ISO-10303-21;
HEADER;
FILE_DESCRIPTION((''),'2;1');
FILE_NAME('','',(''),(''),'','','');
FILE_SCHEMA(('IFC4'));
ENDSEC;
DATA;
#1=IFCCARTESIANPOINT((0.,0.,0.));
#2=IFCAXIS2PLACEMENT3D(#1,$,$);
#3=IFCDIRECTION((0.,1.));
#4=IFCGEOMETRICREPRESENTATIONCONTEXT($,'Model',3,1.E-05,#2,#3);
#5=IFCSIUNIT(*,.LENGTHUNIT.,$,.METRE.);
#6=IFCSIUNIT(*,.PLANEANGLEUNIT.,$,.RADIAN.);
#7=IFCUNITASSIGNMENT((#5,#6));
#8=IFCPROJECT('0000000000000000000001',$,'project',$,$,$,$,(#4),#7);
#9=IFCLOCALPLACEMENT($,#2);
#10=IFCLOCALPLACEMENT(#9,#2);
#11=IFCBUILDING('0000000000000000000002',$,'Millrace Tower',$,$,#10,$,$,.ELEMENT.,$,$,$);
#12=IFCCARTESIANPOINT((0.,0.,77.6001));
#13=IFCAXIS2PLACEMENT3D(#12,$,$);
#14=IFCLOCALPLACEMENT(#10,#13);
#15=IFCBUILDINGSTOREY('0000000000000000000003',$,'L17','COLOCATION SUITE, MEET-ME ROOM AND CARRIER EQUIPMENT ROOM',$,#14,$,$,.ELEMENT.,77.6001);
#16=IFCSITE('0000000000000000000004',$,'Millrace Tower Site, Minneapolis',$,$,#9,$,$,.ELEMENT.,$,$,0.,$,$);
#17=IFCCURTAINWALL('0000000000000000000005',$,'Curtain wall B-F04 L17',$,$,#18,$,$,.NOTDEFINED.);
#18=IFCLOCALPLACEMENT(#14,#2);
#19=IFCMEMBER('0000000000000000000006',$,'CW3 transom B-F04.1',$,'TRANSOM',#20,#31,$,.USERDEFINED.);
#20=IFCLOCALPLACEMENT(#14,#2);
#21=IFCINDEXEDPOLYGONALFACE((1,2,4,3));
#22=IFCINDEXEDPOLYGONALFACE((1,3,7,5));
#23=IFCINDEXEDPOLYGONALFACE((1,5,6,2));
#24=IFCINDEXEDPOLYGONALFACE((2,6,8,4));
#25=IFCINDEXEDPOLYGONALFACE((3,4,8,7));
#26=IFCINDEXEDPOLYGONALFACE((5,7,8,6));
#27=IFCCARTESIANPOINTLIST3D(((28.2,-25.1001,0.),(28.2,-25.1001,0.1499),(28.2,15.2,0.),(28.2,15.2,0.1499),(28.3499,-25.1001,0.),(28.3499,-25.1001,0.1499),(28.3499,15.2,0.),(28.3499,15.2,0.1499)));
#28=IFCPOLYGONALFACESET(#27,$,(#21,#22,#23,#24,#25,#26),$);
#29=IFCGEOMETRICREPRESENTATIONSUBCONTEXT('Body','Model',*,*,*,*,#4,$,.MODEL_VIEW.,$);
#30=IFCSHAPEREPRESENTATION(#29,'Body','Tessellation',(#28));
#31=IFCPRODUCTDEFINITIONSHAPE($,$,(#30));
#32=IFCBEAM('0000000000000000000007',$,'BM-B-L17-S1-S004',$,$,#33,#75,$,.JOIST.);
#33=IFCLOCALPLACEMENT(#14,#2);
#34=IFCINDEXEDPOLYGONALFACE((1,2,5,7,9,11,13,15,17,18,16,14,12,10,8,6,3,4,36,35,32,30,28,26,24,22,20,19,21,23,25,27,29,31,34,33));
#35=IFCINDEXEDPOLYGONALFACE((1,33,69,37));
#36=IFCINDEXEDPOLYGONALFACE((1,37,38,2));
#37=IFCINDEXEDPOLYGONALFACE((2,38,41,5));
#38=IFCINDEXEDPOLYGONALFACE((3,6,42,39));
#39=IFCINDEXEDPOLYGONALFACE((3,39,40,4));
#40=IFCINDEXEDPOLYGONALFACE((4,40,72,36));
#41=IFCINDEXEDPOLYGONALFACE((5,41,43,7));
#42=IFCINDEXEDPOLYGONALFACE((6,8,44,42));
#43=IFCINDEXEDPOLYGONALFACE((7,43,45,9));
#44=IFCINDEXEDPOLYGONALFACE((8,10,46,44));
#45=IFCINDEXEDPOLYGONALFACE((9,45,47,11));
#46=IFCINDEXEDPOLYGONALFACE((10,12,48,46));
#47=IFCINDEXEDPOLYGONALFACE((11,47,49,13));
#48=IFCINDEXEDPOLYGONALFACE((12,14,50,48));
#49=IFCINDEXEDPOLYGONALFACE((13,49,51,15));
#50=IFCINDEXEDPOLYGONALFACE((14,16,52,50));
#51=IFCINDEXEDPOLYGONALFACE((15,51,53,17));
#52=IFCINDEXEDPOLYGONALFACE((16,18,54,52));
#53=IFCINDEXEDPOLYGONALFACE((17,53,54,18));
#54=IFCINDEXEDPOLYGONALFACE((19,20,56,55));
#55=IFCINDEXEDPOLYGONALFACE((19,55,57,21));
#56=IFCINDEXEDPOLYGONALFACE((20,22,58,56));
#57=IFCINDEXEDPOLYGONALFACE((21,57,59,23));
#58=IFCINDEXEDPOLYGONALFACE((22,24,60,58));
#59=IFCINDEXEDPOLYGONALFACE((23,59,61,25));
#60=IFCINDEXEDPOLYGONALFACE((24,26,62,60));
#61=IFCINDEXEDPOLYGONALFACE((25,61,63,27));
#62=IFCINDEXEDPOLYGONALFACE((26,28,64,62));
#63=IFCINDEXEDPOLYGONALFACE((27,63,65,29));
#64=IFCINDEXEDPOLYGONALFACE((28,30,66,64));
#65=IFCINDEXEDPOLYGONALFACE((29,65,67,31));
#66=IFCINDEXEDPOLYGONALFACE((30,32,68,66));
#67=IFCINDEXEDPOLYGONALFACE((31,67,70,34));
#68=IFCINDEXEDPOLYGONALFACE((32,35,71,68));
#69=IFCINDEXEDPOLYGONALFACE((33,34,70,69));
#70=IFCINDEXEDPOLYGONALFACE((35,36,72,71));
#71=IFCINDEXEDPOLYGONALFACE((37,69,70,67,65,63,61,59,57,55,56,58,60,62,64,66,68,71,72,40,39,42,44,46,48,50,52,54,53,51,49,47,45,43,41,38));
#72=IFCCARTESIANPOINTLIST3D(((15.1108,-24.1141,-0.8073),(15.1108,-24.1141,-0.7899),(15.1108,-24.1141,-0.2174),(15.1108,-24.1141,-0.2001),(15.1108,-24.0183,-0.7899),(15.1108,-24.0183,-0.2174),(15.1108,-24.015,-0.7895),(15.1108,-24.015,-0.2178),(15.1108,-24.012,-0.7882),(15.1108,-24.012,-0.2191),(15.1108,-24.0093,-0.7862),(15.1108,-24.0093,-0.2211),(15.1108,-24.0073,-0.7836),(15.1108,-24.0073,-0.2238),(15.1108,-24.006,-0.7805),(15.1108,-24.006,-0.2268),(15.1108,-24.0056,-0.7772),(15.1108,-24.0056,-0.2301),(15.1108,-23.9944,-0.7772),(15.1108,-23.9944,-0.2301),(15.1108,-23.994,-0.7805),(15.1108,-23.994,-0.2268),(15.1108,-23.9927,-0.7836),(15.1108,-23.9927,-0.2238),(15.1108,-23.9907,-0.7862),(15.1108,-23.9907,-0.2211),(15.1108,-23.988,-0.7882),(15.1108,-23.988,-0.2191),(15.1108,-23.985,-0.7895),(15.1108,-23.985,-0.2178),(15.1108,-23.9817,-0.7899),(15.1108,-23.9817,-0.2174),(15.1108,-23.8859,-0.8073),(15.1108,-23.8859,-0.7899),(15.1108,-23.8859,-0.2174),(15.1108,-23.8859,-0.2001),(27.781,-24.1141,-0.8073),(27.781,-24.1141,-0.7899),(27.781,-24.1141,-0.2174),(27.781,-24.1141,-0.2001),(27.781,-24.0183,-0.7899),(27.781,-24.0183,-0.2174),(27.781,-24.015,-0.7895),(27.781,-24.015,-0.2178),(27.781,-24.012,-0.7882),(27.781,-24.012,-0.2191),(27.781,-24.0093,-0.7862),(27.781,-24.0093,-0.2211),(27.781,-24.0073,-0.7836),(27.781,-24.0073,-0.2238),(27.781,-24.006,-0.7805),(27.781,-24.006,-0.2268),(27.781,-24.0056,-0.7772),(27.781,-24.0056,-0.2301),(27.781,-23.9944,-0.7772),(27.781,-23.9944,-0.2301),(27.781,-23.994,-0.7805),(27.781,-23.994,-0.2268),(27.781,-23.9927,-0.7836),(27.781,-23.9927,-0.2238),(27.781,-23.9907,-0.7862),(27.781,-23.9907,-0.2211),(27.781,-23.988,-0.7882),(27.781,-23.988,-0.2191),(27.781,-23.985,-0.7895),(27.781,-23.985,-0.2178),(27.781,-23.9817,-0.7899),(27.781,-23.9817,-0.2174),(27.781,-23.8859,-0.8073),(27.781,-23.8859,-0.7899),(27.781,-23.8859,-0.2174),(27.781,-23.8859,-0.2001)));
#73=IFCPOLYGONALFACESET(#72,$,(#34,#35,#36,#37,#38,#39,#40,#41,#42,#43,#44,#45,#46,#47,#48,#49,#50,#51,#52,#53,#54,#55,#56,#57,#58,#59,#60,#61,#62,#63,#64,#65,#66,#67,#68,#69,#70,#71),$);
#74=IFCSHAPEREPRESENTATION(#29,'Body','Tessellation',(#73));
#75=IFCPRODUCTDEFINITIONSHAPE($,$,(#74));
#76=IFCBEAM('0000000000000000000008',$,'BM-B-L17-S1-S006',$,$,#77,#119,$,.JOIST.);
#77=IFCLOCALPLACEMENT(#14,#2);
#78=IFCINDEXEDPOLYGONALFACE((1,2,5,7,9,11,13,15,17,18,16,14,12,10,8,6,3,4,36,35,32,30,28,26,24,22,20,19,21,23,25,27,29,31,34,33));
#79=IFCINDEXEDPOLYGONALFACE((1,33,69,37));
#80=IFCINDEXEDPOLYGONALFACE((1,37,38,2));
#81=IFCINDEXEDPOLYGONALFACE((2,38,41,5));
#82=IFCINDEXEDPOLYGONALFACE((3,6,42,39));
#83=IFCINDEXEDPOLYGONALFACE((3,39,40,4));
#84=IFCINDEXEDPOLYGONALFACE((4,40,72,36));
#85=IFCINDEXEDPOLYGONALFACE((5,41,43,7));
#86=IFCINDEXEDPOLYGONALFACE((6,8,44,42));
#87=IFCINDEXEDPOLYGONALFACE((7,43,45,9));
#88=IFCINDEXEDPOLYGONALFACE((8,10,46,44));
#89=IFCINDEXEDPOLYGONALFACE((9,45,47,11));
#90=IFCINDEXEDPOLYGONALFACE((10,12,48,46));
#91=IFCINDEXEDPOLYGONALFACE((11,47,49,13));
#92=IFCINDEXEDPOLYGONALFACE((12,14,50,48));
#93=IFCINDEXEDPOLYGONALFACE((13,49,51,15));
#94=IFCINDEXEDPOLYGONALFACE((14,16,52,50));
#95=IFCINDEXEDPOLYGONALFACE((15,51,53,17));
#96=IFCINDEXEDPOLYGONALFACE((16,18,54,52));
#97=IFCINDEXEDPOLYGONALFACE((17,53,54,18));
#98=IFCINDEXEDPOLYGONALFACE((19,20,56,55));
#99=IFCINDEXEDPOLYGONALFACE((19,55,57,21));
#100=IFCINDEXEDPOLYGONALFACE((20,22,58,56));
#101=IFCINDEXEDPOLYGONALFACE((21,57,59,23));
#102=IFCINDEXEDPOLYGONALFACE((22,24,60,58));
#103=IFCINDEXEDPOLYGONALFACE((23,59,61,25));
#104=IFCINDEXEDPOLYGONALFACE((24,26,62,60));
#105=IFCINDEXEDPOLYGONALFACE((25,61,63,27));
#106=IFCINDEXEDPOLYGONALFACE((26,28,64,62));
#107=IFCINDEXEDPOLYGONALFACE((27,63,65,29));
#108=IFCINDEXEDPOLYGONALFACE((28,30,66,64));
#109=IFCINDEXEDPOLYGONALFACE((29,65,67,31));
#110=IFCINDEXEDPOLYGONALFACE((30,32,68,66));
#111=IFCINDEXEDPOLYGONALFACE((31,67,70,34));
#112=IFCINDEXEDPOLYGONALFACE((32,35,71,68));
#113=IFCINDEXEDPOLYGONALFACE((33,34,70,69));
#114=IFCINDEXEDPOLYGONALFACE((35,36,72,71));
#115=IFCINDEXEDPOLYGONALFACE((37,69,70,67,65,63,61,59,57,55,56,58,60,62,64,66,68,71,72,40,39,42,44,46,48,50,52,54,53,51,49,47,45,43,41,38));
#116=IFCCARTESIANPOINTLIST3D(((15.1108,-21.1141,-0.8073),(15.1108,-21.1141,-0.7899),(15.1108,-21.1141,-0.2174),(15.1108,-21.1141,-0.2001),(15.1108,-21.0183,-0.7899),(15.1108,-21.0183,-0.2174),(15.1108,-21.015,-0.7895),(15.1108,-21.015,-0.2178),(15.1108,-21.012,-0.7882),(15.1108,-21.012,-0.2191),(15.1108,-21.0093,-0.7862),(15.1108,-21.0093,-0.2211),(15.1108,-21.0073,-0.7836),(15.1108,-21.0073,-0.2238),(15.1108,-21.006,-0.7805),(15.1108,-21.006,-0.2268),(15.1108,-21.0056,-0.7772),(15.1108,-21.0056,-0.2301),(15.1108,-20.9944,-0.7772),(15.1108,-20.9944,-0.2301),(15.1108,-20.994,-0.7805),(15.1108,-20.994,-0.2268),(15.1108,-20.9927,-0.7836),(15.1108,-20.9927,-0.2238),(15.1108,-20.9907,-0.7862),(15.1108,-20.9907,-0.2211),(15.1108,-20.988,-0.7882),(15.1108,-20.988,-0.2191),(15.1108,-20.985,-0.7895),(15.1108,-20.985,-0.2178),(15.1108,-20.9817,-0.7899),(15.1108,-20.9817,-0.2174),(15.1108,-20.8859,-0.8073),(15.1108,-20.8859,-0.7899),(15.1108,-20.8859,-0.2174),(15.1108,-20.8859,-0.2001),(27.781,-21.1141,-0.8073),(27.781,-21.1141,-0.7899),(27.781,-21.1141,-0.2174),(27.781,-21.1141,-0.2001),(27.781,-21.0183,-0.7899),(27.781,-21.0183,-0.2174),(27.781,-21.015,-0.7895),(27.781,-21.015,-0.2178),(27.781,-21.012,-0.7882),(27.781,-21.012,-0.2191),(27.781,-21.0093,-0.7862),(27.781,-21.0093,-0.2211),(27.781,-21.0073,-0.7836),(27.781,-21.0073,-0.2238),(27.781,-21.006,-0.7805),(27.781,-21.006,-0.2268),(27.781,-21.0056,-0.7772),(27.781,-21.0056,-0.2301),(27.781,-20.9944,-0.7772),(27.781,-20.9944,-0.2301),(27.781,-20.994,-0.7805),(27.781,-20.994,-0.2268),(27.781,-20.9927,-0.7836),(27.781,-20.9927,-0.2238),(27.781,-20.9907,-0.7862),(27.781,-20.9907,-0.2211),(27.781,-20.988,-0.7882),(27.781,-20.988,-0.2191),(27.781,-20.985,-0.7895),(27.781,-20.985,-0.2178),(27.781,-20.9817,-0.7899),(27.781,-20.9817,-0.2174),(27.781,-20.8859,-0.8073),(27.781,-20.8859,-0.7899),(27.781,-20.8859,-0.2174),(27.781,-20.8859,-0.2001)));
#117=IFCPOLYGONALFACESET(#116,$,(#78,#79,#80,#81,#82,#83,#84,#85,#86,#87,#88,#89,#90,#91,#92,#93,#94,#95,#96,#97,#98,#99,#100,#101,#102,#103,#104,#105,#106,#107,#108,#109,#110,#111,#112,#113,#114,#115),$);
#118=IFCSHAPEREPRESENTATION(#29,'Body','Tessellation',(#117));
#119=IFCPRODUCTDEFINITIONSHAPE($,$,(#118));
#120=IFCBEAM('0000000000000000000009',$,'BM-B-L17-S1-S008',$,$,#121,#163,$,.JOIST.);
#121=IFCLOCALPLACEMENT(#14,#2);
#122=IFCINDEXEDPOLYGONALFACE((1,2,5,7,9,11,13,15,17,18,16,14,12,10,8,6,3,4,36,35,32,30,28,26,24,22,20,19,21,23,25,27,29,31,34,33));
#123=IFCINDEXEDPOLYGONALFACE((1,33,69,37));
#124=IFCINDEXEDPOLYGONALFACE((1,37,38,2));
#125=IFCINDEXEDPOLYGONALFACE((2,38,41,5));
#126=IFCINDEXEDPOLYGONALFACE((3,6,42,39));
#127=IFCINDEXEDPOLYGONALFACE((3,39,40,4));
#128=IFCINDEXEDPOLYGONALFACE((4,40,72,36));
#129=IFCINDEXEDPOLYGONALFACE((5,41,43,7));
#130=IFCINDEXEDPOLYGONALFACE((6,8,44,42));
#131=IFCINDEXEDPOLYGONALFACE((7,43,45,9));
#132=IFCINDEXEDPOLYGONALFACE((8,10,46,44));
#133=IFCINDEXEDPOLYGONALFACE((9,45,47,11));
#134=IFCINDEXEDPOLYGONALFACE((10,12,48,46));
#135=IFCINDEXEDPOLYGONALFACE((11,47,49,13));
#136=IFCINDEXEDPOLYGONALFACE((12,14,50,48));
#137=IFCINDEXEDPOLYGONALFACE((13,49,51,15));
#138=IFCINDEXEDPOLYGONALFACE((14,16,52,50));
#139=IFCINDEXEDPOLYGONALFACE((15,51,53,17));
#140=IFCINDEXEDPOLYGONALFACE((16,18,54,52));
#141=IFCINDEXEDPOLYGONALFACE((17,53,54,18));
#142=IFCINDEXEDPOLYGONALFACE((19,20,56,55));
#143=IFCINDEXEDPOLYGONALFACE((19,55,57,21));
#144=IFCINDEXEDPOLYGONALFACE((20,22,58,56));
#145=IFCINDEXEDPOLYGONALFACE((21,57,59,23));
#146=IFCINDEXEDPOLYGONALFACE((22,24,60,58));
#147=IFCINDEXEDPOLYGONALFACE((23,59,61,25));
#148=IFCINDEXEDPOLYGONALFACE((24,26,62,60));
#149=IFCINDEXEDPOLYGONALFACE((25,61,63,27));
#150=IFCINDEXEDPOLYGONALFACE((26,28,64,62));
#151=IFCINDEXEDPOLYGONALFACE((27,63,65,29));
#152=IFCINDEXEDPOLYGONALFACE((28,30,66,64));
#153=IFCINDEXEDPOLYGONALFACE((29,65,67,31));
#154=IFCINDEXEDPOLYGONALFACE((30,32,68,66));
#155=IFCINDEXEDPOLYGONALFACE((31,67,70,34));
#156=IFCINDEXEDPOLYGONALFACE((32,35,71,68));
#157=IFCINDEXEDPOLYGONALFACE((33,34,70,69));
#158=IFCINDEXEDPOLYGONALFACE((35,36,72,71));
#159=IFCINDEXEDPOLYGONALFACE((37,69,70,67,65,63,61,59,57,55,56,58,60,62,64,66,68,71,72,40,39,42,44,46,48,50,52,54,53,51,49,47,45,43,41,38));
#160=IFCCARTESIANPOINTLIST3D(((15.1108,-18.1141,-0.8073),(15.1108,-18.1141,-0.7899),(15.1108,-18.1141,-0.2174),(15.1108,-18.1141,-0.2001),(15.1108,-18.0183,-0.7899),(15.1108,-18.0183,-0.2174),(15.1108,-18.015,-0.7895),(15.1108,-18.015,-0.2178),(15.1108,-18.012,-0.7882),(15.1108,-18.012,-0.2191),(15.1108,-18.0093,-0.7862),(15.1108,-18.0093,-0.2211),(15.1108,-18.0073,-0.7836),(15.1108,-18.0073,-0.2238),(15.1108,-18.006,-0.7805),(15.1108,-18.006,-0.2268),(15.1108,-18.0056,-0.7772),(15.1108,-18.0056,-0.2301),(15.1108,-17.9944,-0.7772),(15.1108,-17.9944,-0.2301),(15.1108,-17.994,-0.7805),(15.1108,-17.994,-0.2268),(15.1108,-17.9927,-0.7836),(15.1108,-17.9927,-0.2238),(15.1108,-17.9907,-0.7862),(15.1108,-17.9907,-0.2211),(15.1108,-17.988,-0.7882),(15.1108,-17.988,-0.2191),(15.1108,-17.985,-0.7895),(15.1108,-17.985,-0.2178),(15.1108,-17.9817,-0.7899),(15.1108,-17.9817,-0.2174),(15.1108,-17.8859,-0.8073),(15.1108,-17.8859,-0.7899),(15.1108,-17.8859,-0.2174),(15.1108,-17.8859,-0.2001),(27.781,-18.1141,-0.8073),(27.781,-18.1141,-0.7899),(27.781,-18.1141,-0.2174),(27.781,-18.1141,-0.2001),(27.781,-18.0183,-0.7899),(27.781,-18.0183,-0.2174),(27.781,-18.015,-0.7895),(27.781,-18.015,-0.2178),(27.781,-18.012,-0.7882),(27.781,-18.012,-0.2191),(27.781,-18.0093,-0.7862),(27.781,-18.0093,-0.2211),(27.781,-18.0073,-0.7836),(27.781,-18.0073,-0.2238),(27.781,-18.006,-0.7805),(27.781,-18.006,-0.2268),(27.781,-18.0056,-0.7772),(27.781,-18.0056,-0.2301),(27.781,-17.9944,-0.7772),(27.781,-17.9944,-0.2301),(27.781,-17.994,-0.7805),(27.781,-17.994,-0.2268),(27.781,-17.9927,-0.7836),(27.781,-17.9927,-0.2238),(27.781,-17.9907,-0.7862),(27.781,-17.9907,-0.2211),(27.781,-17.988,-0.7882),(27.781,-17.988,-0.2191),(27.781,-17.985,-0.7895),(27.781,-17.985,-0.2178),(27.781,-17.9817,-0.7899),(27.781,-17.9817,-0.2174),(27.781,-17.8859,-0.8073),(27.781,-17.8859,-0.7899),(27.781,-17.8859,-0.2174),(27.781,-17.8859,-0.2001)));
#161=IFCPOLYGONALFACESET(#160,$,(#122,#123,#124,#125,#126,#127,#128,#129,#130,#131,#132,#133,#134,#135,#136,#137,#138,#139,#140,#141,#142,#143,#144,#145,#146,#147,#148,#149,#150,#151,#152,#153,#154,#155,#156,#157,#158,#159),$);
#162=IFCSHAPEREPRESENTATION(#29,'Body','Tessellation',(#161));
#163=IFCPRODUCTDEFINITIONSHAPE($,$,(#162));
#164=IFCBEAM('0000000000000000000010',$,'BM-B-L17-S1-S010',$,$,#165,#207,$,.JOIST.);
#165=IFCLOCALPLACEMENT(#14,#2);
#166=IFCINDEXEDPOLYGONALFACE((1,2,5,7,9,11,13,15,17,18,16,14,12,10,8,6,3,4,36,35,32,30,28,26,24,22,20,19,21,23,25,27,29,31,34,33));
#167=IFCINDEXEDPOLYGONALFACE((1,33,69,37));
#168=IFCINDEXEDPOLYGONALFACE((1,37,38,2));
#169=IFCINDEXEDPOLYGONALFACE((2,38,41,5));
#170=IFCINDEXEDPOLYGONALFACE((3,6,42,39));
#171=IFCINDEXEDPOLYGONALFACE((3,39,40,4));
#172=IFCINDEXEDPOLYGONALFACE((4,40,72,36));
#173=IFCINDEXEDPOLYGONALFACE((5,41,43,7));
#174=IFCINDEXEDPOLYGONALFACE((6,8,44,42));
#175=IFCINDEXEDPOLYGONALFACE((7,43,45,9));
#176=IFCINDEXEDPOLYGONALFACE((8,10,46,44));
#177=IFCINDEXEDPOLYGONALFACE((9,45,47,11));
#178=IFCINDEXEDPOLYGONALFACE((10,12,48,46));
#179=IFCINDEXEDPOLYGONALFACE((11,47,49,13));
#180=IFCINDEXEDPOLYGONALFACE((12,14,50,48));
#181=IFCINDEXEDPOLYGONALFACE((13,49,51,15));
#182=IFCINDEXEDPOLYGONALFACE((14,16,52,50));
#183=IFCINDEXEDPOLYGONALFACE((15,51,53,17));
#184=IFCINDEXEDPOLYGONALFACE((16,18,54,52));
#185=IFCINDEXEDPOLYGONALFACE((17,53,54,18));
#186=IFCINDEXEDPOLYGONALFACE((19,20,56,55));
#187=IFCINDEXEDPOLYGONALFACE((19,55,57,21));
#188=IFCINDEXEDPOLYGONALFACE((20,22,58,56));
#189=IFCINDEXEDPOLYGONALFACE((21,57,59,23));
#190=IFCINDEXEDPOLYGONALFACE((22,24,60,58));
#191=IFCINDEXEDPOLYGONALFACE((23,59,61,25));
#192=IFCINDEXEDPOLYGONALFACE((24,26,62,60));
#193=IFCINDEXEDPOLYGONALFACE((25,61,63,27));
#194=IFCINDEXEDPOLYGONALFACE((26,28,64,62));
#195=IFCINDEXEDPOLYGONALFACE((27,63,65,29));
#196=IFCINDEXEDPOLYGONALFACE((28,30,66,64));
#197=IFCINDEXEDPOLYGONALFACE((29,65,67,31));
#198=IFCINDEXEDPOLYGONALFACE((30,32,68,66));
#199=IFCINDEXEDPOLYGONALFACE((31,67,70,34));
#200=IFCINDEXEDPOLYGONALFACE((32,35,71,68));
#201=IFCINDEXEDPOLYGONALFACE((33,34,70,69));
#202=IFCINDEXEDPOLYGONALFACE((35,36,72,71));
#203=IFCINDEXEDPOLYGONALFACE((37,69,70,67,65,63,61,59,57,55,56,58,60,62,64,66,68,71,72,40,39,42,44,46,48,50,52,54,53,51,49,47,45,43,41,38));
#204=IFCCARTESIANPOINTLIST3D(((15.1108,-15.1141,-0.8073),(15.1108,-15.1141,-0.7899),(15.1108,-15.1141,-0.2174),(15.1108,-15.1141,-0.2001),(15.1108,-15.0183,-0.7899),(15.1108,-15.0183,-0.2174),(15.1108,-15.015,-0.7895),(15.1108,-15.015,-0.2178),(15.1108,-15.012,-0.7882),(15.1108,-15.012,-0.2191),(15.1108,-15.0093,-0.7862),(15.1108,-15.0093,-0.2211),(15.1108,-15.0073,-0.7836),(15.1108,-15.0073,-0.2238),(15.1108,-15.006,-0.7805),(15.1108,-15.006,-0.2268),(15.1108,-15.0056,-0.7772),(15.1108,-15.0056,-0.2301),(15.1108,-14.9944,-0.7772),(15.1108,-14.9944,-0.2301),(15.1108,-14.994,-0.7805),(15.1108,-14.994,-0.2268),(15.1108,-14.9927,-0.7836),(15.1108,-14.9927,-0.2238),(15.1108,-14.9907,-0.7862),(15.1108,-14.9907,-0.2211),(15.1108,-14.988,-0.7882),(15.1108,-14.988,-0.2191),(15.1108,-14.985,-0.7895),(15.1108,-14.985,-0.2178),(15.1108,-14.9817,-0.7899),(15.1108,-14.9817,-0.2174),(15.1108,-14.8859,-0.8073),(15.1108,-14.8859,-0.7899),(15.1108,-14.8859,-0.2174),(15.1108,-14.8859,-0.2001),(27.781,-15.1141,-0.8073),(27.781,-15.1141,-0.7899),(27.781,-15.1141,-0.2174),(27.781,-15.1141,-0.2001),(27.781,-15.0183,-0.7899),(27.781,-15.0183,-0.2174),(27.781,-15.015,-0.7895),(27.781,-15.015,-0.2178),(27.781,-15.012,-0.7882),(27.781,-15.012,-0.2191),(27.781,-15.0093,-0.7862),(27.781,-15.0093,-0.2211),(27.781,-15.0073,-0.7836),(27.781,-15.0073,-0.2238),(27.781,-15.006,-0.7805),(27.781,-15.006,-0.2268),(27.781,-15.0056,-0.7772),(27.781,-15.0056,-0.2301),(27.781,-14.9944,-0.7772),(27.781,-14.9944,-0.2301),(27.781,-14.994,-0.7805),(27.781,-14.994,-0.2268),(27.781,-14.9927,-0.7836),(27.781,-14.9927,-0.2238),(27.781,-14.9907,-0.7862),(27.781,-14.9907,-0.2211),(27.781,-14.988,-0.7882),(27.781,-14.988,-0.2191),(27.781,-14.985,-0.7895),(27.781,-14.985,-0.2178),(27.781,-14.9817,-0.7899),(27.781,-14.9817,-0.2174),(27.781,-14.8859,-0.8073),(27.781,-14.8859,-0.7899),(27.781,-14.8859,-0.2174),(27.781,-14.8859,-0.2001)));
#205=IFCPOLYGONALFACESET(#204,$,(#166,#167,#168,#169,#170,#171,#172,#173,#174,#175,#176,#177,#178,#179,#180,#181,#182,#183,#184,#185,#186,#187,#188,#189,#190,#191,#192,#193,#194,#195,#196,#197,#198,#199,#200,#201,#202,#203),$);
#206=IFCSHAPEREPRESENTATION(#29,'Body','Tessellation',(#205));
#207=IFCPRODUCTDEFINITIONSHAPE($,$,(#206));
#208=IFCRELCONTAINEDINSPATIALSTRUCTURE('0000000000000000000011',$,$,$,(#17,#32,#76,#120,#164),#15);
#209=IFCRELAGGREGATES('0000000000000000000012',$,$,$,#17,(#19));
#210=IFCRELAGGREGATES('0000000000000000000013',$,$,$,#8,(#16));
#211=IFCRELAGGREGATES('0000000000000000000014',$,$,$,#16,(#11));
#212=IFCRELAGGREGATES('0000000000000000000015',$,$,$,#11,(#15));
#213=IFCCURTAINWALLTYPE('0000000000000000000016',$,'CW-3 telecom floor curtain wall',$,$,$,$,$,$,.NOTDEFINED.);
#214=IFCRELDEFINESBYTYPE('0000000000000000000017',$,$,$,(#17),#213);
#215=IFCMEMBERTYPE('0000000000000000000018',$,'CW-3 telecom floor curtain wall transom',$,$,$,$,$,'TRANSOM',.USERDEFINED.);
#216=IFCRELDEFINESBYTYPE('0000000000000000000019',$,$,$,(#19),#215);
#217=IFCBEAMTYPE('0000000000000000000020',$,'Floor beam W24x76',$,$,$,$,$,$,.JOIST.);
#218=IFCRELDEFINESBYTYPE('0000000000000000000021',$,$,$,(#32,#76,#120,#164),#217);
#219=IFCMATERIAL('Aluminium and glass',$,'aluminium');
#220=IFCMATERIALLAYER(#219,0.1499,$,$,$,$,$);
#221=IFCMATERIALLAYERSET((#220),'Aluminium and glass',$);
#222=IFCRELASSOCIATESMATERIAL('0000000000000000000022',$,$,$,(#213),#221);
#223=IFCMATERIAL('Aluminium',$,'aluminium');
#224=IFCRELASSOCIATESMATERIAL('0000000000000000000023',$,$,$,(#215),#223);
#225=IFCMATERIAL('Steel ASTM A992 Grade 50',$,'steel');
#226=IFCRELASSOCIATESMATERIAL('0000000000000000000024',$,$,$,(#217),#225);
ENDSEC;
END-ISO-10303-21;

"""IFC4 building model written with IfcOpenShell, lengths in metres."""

from ifc_helpers import new_model, si_unit, direction, frame, origin, origin_2d, place, context, subcontext, project, spatial, rectangle, i_section, extrude, material, layer, layer_set, material_profile, profile_set, type_object, element, aggregate, save


model = new_model("IFC4")

# Units and contexts
model_context = context("Model", 3, precision=1e-05, world=origin(), true_north=direction((0.0, 1.0)))
body_context = subcontext(model_context, "Body", "Model", "MODEL_VIEW")
ifc_project = project(units=[si_unit("LENGTHUNIT", "METRE"), si_unit("PLANEANGLEUNIT", "RADIAN")], contexts=[model_context])

# Site, building, storey
site_placement = place(None, origin())
site = spatial("IfcSite", under=ifc_project, at=site_placement, Name="Millrace Tower Site, Minneapolis", CompositionType="ELEMENT", RefElevation=0.0)
building_placement = place(site_placement, origin())
building = spatial("IfcBuilding", under=site, at=building_placement, Name="Millrace Tower", CompositionType="ELEMENT")
storey_placement = place(building_placement, frame((0.0, 0.0, 77.6001)))
storey = spatial("IfcBuildingStorey", under=building, at=storey_placement, Name="L17", Description="COLOCATION SUITE, MEET-ME ROOM AND CARRIER EQUIPMENT ROOM", CompositionType="ELEMENT", Elevation=77.6001)

# Shared definitions
ifc_material_1 = material(Name="Aluminium and glass", Category="aluminium")
ifc_layer_1 = layer(ifc_material_1, 0.1499)
ifc_layer_set_1 = layer_set([ifc_layer_1], Name="Aluminium and glass")
curtain_wall_type = type_object("IfcCurtainWallType", Name="CW-3 telecom floor curtain wall", PredefinedType="NOTDEFINED", material=ifc_layer_set_1)
placement = place(storey_placement, origin())

# Curtain wall
curtain_wall_1 = element("IfcCurtainWall", 1, at=placement, inside=storey, type_object=curtain_wall_type, Name="Curtain wall B-F04 L17", PredefinedType="NOTDEFINED")

# Member
ifc_material_2 = material(Name="Aluminium", Category="aluminium")
ifc_material_profile_1 = material_profile(ifc_material_2, rectangle(XDim=0.1499, YDim=0.1499, at=origin_2d()))
ifc_profile_set_1 = profile_set([ifc_material_profile_1], Name="Aluminium")
member_type_1 = type_object("IfcMemberType", Name="CW-3 telecom floor curtain wall transom", ElementType="TRANSOM", PredefinedType="USERDEFINED", material=ifc_profile_set_1)
member_1_placement = place(storey_placement, frame((28.2749, -25.1001, 0.075), z_axis=(0.0, 1.0, 0.0), x_axis=(-1.0, 0.0, 0.0)))
member_1 = element("IfcMember", 2, at=member_1_placement, type_object=member_type_1, Name="CW3 transom B-F04.1", ObjectType="TRANSOM", PredefinedType="USERDEFINED", context=body_context, shape_type="SweptSolid", body=[
    extrude(rectangle(XDim=0.1499, YDim=0.1499, at=origin_2d()), origin(), (0.0, 0.0, 1.0), 40.3),
])
aggregate(curtain_wall_1, [member_1])

# Beams
ifc_material_3 = material(Name="Steel ASTM A992 Grade 50", Category="steel")
ifc_material_profile_2 = material_profile(ifc_material_3, i_section(OverallWidth=0.2283, OverallDepth=0.6072, WebThickness=0.0112, FlangeThickness=0.0173, FilletRadius=0.0127, at=origin_2d()))
ifc_profile_set_2 = profile_set([ifc_material_profile_2], Name="Steel ASTM A992 Grade 50")
beam_type_1 = type_object("IfcBeamType", Name="Floor beam W24x76", PredefinedType="JOIST", material=ifc_profile_set_2)
for number, where, z_axis, x_axis, name in (
    (3, (15.1108, -24.0, -0.5037), (1.0, 0.0, 0.0), (0.0, 1.0, 0.0), "BM-B-L17-S1-S004"),
    (4, (15.1108, -21.0, -0.5037), (1.0, 0.0, 0.0), (0.0, 1.0, 0.0), "BM-B-L17-S1-S006"),
    (5, (15.1108, -18.0, -0.5037), (1.0, 0.0, 0.0), (0.0, 1.0, 0.0), "BM-B-L17-S1-S008"),
    (6, (15.1108, -15.0, -0.5037), (1.0, 0.0, 0.0), (0.0, 1.0, 0.0), "BM-B-L17-S1-S010"),
):
    element("IfcBeam", number, at=place(storey_placement, frame(where, z_axis=z_axis, x_axis=x_axis)), inside=storey, type_object=beam_type_1, Name=name, PredefinedType="JOIST", context=body_context, shape_type="SweptSolid", body=[
        extrude(i_section(OverallWidth=0.2283, OverallDepth=0.6072, WebThickness=0.0112, FlangeThickness=0.0173, FilletRadius=0.0127, at=origin_2d()), origin(), (0.0, 0.0, 1.0), 12.6702),
    ])

save(model, "model.ifc")
